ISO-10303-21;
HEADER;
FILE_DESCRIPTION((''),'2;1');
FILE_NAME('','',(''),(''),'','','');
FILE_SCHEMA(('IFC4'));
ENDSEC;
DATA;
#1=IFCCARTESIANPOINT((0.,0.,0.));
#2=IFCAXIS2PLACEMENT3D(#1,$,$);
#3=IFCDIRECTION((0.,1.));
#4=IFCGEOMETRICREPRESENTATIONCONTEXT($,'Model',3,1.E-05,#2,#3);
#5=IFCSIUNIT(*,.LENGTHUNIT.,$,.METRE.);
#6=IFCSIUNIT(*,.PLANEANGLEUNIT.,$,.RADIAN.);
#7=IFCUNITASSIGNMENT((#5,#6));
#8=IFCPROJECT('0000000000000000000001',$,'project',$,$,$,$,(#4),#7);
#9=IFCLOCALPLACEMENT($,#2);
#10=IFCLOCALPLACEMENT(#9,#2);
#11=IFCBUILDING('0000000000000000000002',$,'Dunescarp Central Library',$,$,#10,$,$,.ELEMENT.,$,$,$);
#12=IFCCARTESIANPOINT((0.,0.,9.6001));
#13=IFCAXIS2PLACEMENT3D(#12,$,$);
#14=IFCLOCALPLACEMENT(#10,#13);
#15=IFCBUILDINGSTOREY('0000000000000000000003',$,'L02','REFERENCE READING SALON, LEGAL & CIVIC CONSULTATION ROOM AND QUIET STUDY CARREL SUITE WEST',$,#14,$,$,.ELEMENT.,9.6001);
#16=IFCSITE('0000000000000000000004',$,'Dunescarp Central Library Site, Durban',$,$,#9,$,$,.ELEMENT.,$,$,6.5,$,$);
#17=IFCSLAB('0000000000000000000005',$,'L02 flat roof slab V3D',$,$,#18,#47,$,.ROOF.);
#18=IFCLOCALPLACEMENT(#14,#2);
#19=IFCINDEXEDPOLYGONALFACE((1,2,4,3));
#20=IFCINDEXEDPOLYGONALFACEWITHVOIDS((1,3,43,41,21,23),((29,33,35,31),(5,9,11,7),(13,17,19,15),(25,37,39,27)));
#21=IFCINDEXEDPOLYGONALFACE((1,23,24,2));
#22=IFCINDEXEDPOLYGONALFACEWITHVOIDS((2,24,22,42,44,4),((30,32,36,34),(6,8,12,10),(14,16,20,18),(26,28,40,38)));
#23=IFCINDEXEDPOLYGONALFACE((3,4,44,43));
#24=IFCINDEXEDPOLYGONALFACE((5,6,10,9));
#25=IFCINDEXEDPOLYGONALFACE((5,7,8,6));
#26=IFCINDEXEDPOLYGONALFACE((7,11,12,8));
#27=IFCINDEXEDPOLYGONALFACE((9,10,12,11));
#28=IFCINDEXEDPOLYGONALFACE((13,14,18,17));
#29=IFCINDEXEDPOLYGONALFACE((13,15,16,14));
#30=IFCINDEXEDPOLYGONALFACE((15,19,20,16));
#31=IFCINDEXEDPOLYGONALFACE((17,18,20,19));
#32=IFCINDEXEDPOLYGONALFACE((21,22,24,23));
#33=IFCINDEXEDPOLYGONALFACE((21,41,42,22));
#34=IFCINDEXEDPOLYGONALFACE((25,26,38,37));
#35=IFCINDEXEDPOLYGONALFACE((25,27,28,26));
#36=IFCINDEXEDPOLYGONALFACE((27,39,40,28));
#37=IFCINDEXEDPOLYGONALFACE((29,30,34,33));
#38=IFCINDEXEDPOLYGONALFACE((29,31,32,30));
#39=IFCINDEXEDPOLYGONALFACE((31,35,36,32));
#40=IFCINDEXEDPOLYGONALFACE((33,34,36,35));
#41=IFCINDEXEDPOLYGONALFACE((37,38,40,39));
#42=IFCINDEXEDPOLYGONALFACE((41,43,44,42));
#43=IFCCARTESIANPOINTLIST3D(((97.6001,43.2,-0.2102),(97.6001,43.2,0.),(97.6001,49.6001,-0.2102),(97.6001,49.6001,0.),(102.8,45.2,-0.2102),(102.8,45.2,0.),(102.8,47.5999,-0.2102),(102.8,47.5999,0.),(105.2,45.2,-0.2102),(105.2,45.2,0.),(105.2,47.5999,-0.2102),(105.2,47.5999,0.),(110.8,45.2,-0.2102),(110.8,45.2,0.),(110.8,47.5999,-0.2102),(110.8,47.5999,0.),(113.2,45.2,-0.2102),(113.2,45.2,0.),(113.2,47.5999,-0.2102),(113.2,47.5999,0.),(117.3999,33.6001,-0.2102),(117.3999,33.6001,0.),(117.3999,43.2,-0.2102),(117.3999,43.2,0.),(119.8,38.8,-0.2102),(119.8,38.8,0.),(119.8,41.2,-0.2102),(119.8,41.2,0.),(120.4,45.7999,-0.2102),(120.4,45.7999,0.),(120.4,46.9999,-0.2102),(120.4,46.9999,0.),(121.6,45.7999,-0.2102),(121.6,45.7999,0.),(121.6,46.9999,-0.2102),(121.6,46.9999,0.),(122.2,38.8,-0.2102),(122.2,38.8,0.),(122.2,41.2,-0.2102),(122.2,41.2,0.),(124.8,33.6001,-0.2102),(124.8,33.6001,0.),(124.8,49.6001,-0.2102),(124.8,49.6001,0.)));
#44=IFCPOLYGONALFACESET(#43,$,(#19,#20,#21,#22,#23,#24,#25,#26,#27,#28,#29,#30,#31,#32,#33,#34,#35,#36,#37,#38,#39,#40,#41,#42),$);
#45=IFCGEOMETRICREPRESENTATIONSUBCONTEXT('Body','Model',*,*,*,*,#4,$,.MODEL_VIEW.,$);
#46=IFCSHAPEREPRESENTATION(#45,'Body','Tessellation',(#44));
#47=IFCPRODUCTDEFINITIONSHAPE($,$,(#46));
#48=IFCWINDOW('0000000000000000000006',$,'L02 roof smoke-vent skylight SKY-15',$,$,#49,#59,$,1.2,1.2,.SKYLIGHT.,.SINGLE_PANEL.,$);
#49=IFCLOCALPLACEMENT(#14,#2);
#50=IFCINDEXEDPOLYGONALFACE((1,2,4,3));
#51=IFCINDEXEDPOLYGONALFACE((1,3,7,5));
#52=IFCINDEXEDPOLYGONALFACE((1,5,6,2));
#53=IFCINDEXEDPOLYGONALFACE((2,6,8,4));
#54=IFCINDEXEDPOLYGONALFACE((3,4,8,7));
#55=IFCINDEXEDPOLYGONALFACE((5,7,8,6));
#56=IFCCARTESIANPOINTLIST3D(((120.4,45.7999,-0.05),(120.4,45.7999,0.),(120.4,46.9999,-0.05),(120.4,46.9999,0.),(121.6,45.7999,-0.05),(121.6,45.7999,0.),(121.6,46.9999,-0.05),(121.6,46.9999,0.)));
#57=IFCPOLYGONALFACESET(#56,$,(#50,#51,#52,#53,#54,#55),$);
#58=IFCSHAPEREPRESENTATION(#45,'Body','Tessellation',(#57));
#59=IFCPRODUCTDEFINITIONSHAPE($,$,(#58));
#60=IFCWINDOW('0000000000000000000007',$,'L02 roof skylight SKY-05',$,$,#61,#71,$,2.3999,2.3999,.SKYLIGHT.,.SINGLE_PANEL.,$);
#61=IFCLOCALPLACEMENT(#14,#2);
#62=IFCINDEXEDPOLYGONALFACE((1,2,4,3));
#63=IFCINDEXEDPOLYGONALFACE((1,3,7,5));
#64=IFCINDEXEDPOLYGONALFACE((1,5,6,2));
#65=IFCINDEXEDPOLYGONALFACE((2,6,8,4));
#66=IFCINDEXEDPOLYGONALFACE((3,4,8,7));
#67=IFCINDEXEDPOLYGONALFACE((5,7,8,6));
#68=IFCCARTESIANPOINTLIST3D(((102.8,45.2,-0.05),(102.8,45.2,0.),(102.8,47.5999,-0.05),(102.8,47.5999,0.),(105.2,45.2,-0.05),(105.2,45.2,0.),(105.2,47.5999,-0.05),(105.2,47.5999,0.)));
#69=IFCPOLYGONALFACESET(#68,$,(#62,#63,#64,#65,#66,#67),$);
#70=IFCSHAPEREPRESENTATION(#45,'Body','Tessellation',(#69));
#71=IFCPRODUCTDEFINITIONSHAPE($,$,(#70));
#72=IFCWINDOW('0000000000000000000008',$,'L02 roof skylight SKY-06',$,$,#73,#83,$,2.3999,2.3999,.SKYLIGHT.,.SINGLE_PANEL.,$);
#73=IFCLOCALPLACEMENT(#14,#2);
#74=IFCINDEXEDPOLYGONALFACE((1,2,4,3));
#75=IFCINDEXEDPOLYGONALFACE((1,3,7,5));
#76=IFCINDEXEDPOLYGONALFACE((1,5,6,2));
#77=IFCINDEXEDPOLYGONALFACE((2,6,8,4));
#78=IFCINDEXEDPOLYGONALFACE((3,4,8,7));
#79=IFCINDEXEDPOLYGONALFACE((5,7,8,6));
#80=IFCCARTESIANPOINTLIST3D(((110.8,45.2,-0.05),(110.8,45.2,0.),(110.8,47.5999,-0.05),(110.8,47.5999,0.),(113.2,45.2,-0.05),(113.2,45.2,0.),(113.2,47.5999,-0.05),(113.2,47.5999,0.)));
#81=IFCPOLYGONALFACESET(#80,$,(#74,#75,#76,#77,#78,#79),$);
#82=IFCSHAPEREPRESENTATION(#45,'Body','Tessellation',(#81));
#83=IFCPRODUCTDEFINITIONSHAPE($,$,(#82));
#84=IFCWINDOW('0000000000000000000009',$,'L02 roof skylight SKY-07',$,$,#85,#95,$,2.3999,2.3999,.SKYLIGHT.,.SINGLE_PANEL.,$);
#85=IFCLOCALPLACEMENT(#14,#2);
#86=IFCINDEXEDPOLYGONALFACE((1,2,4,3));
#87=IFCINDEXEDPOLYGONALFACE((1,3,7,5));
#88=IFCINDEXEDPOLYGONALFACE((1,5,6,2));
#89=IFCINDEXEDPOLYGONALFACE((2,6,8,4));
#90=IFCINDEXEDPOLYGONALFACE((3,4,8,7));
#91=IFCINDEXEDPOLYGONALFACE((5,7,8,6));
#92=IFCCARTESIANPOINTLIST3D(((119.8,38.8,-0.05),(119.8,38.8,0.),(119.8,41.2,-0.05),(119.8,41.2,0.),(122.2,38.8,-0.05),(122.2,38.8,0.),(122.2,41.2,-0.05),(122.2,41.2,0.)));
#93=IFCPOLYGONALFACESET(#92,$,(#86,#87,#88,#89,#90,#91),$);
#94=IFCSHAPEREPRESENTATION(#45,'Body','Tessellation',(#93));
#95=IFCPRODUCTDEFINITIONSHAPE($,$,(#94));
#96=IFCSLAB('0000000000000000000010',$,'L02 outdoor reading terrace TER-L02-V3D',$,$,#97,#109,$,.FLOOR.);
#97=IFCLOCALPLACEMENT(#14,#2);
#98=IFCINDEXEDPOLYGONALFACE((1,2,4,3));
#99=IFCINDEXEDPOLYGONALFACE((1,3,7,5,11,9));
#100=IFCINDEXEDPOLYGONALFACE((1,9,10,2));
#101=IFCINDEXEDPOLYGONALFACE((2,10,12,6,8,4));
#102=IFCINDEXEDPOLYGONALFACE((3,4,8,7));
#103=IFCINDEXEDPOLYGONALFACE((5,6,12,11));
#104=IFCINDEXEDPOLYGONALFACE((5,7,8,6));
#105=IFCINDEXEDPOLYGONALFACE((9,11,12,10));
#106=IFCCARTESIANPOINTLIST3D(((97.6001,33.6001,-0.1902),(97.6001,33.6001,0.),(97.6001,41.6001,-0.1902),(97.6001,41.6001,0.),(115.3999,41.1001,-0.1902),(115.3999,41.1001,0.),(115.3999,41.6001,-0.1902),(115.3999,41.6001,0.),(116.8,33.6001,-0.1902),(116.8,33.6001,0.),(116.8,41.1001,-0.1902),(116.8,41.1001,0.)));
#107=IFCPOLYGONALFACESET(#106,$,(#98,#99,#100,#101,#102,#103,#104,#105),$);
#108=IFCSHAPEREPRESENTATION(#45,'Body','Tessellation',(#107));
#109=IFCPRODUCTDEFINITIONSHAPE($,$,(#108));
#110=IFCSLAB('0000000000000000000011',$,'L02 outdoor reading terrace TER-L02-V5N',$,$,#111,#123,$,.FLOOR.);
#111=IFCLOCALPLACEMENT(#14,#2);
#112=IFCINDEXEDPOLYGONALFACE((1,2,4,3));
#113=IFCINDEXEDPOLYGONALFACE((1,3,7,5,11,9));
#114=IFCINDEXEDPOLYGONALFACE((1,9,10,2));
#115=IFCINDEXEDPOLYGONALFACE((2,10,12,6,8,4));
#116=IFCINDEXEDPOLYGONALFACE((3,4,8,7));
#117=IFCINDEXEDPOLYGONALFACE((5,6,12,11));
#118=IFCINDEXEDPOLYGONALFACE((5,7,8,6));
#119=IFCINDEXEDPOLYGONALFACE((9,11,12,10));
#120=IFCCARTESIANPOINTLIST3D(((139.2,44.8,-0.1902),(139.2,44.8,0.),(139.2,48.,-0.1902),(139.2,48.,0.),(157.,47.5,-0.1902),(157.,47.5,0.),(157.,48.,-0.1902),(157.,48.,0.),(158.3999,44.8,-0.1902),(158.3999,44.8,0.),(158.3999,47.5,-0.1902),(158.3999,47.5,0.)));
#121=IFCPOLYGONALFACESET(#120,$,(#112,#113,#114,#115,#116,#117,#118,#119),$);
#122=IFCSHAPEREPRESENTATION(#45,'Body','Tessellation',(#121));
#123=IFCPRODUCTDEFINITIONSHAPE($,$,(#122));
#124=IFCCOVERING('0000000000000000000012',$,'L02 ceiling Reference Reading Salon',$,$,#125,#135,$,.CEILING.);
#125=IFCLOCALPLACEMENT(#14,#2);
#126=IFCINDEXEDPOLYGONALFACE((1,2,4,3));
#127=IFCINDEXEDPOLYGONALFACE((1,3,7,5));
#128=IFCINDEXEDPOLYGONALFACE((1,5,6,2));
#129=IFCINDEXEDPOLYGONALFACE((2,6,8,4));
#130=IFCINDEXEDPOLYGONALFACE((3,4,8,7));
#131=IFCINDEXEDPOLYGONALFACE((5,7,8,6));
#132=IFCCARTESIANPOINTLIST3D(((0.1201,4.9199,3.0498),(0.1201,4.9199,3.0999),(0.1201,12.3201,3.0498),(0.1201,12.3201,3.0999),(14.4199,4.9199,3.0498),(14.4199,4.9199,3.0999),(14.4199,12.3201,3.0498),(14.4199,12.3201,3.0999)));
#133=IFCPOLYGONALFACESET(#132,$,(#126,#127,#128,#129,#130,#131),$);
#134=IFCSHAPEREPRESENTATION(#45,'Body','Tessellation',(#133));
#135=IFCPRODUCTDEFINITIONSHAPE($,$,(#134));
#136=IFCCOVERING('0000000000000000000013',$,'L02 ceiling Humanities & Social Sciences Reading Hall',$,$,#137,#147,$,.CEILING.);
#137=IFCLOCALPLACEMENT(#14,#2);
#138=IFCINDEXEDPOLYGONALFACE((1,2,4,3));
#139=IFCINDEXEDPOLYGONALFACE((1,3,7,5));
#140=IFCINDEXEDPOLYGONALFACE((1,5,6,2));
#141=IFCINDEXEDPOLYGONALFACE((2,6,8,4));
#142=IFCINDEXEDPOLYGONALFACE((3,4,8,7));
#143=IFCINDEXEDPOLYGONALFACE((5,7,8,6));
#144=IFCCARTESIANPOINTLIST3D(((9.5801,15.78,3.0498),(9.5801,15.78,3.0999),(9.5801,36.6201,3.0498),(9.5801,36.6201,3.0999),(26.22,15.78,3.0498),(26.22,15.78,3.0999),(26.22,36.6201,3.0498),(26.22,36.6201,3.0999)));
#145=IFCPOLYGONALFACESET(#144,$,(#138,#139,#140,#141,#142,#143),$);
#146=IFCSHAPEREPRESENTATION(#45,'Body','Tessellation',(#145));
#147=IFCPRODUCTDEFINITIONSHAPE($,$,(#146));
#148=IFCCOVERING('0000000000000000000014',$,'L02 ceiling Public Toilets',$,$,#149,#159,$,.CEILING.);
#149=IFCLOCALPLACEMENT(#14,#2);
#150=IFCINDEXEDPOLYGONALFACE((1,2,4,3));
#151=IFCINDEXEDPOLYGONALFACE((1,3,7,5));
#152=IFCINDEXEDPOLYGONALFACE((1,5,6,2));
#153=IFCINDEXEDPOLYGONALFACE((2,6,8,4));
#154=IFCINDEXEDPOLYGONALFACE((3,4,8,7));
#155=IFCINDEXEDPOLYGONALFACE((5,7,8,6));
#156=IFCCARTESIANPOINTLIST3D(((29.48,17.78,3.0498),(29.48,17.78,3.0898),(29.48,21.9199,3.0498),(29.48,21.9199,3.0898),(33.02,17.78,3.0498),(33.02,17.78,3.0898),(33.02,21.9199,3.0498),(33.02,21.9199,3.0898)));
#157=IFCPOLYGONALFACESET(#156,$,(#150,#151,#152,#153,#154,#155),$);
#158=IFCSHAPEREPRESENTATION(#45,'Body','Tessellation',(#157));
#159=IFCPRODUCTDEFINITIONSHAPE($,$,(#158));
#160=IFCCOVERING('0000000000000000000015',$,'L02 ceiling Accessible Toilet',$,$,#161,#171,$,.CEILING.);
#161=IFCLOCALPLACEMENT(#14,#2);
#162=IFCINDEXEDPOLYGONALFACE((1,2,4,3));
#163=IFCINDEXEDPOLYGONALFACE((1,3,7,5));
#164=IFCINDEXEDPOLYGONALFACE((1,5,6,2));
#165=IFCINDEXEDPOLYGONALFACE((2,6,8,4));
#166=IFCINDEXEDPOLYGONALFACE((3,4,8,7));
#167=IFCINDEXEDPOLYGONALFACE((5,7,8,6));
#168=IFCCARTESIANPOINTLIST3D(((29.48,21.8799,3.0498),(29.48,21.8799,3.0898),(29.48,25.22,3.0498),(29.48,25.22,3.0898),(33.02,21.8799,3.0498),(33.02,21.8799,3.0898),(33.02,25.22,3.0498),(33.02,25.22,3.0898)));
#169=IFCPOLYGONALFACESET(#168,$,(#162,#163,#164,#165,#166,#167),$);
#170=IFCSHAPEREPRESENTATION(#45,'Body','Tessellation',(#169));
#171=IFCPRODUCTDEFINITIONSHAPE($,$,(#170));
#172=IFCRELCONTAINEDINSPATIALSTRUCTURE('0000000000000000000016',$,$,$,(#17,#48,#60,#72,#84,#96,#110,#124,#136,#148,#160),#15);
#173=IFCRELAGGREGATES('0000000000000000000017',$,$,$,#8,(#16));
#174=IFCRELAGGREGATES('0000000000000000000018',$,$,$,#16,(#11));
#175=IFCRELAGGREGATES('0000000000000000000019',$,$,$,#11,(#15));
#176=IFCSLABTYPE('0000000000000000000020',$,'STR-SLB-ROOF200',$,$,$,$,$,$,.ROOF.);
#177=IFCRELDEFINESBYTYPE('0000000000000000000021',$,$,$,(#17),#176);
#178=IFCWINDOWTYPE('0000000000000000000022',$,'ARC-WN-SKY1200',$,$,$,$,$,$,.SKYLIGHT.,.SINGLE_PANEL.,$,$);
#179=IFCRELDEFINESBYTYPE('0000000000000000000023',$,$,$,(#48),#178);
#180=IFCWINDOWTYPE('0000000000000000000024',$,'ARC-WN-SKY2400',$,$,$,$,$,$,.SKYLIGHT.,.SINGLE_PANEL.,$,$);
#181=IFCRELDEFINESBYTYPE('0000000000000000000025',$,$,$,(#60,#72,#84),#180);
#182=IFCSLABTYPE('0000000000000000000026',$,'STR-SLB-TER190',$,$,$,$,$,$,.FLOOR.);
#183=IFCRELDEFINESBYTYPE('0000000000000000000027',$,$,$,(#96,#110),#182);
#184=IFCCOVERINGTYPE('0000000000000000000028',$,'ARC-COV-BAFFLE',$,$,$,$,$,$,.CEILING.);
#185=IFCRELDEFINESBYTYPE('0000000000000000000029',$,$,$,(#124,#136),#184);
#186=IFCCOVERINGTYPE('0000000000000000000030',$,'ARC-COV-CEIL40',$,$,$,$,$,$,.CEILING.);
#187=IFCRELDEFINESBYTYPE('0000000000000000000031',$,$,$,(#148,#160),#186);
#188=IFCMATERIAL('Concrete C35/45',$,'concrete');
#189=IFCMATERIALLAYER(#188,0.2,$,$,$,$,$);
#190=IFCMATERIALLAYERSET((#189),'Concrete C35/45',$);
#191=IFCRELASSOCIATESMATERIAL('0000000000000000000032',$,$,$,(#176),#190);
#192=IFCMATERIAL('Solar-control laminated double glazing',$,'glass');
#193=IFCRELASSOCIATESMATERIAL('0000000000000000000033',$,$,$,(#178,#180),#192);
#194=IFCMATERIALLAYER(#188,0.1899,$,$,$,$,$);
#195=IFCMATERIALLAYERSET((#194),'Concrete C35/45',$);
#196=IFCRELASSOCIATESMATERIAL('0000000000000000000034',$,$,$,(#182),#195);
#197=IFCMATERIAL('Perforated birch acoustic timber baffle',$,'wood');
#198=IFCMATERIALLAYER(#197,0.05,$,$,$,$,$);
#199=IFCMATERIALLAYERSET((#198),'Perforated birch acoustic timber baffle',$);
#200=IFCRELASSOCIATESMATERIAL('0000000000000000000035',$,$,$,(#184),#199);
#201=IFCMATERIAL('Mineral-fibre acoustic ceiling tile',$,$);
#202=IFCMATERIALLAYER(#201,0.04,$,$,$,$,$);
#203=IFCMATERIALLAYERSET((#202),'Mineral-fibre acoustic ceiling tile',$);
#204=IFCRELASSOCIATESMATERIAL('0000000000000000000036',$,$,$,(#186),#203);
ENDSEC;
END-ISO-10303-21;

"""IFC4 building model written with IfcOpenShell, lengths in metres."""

from ifc_helpers import new_model, si_unit, direction, frame, origin, origin_2d, place, context, subcontext, project, spatial, polyline, rectangle, outline, extrude, material, layer, layer_set, type_object, element, fill, save


model = new_model("IFC4")

# Units and contexts
model_context = context("Model", 3, precision=1e-05, world=origin(), true_north=direction((0.0, 1.0)))
body_context = subcontext(model_context, "Body", "Model", "MODEL_VIEW")
ifc_project = project(units=[si_unit("LENGTHUNIT", "METRE"), si_unit("PLANEANGLEUNIT", "RADIAN")], contexts=[model_context])

# Site, building, storey
site_placement = place(None, origin())
site = spatial("IfcSite", under=ifc_project, at=site_placement, Name="Dunescarp Central Library Site, Durban", CompositionType="ELEMENT", RefElevation=6.5)
building_placement = place(site_placement, origin())
building = spatial("IfcBuilding", under=site, at=building_placement, Name="Dunescarp Central Library", CompositionType="ELEMENT")
storey_placement = place(building_placement, frame((0.0, 0.0, 9.6001)))
storey = spatial("IfcBuildingStorey", under=building, at=storey_placement, Name="L02", Description="REFERENCE READING SALON, LEGAL & CIVIC CONSULTATION ROOM AND QUIET STUDY CARREL SUITE WEST", CompositionType="ELEMENT", Elevation=9.6001)

# Shared definitions
ifc_material_1 = material(Name="Concrete C35/45", Category="concrete")

# Slab, openings, windows
ifc_layer_1 = layer(ifc_material_1, 0.2)
ifc_layer_set_1 = layer_set([ifc_layer_1], Name="Concrete C35/45")
slab_type_1 = type_object("IfcSlabType", Name="STR-SLB-ROOF200", PredefinedType="ROOF", material=ifc_layer_set_1)
slab_1_placement = place(storey_placement, frame((0.0, 0.0, -0.2102)))
slab_1 = element("IfcSlab", 1, at=slab_1_placement, inside=storey, type_object=slab_type_1, Name="L02 flat roof slab V3D", PredefinedType="ROOF", context=body_context, shape_type="SweptSolid", body=[
    extrude(outline(polyline([(97.6001, 43.2), (117.3999, 43.2), (117.3999, 33.6001), (124.8, 33.6001), (124.8, 49.6001), (97.6001, 49.6001), (97.6001, 43.2)])), origin(), (0.0, 0.0, 1.0), 0.2102),
])
opening_1_placement = place(slab_1_placement, frame((104.0, 46.3999, -0.01)))
opening_1 = element("IfcOpeningElement", 2, at=opening_1_placement, cuts=slab_1, PredefinedType="OPENING", context=body_context, shape_type="SweptSolid", body=[
    extrude(rectangle(XDim=2.3999, YDim=2.3999, at=origin_2d()), origin(), (0.0, 0.0, 1.0), 0.2302),
])
opening_2_placement = place(slab_1_placement, frame((112.0, 46.3999, -0.01)))
opening_2 = element("IfcOpeningElement", 3, at=opening_2_placement, cuts=slab_1, PredefinedType="OPENING", context=body_context, shape_type="SweptSolid", body=[
    extrude(rectangle(XDim=2.3999, YDim=2.3999, at=origin_2d()), origin(), (0.0, 0.0, 1.0), 0.2302),
])
opening_3_placement = place(slab_1_placement, frame((121.0, 40.0, -0.01)))
opening_3 = element("IfcOpeningElement", 4, at=opening_3_placement, cuts=slab_1, PredefinedType="OPENING", context=body_context, shape_type="SweptSolid", body=[
    extrude(rectangle(XDim=2.3999, YDim=2.3999, at=origin_2d()), origin(), (0.0, 0.0, 1.0), 0.2302),
])
opening_4_placement = place(slab_1_placement, frame((121.0, 46.3999, -0.01)))
opening_4 = element("IfcOpeningElement", 5, at=opening_4_placement, cuts=slab_1, PredefinedType="OPENING", context=body_context, shape_type="SweptSolid", body=[
    extrude(rectangle(XDim=1.2, YDim=1.2, at=origin_2d()), origin(), (0.0, 0.0, 1.0), 0.2302),
])
ifc_material_2 = material(Name="Solar-control laminated double glazing", Category="glass")
window_type_1 = type_object("IfcWindowType", Name="ARC-WN-SKY1200", PartitioningType="SINGLE_PANEL", PredefinedType="SKYLIGHT", material=ifc_material_2)
window_1_placement = place(slab_1_placement, frame((121.0, 46.3999, 0.1602)))
window_1 = element("IfcWindow", 6, at=window_1_placement, inside=storey, type_object=window_type_1, Name="L02 roof smoke-vent skylight SKY-15", OverallHeight=1.2, OverallWidth=1.2, PartitioningType="SINGLE_PANEL", PredefinedType="SKYLIGHT", context=body_context, shape_type="SweptSolid", body=[
    extrude(rectangle(XDim=1.2, YDim=1.2, at=origin_2d()), origin(), (0.0, 0.0, 1.0), 0.05),
])
fill(opening_4, window_1)
window_type_2 = type_object("IfcWindowType", Name="ARC-WN-SKY2400", PartitioningType="SINGLE_PANEL", PredefinedType="SKYLIGHT", material=ifc_material_2)
window_2_placement = place(slab_1_placement, frame((104.0, 46.3999, 0.1602)))
window_2 = element("IfcWindow", 7, at=window_2_placement, inside=storey, type_object=window_type_2, Name="L02 roof skylight SKY-05", OverallHeight=2.3999, OverallWidth=2.3999, PartitioningType="SINGLE_PANEL", PredefinedType="SKYLIGHT", context=body_context, shape_type="SweptSolid", body=[
    extrude(rectangle(XDim=2.3999, YDim=2.3999, at=origin_2d()), origin(), (0.0, 0.0, 1.0), 0.05),
])
fill(opening_1, window_2)
window_3_placement = place(slab_1_placement, frame((112.0, 46.3999, 0.1602)))
window_3 = element("IfcWindow", 8, at=window_3_placement, inside=storey, type_object=window_type_2, Name="L02 roof skylight SKY-06", OverallHeight=2.3999, OverallWidth=2.3999, PartitioningType="SINGLE_PANEL", PredefinedType="SKYLIGHT", context=body_context, shape_type="SweptSolid", body=[
    extrude(rectangle(XDim=2.3999, YDim=2.3999, at=origin_2d()), origin(), (0.0, 0.0, 1.0), 0.05),
])
fill(opening_2, window_3)
window_4_placement = place(slab_1_placement, frame((121.0, 40.0, 0.1602)))
window_4 = element("IfcWindow", 9, at=window_4_placement, inside=storey, type_object=window_type_2, Name="L02 roof skylight SKY-07", OverallHeight=2.3999, OverallWidth=2.3999, PartitioningType="SINGLE_PANEL", PredefinedType="SKYLIGHT", context=body_context, shape_type="SweptSolid", body=[
    extrude(rectangle(XDim=2.3999, YDim=2.3999, at=origin_2d()), origin(), (0.0, 0.0, 1.0), 0.05),
])
fill(opening_3, window_4)

# Slabs
ifc_layer_2 = layer(ifc_material_1, 0.1899)
ifc_layer_set_2 = layer_set([ifc_layer_2], Name="Concrete C35/45")
slab_type_2 = type_object("IfcSlabType", Name="STR-SLB-TER190", PredefinedType="FLOOR", material=ifc_layer_set_2)
slab_2_placement = place(storey_placement, frame((0.0, 0.0, -0.1902)))
element("IfcSlab", 10, at=slab_2_placement, inside=storey, type_object=slab_type_2, Name="L02 outdoor reading terrace TER-L02-V3D", PredefinedType="FLOOR", context=body_context, shape_type="SweptSolid", body=[
    extrude(outline(polyline([(97.6001, 33.6001), (116.8, 33.6001), (116.8, 41.1001), (115.3999, 41.1001), (115.3999, 41.6001), (97.6001, 41.6001), (97.6001, 33.6001)])), origin(), (0.0, 0.0, 1.0), 0.1902),
])
slab_3_placement = place(storey_placement, frame((0.0, 0.0, -0.1902)))
element("IfcSlab", 11, at=slab_3_placement, inside=storey, type_object=slab_type_2, Name="L02 outdoor reading terrace TER-L02-V5N", PredefinedType="FLOOR", context=body_context, shape_type="SweptSolid", body=[
    extrude(outline(polyline([(139.2, 44.8), (158.3999, 44.8), (158.3999, 47.5), (157.0, 47.5), (157.0, 48.0), (139.2, 48.0), (139.2, 44.8)])), origin(), (0.0, 0.0, 1.0), 0.1902),
])

# Coverings
ifc_material_3 = material(Name="Perforated birch acoustic timber baffle", Category="wood")
ifc_layer_3 = layer(ifc_material_3, 0.05)
ifc_layer_set_3 = layer_set([ifc_layer_3], Name="Perforated birch acoustic timber baffle")
covering_type_1 = type_object("IfcCoveringType", Name="ARC-COV-BAFFLE", PredefinedType="CEILING", material=ifc_layer_set_3)
covering_1_placement = place(storey_placement, frame((0.0, 0.0, 3.0498)))
element("IfcCovering", 12, at=covering_1_placement, inside=storey, type_object=covering_type_1, Name="L02 ceiling Reference Reading Salon", PredefinedType="CEILING", context=body_context, shape_type="SweptSolid", body=[
    extrude(outline(polyline([(0.1201, 4.9199), (14.4199, 4.9199), (14.4199, 12.3201), (0.1201, 12.3201), (0.1201, 4.9199)])), origin(), (0.0, 0.0, 1.0), 0.05),
])
covering_2_placement = place(storey_placement, frame((0.0, 0.0, 3.0498)))
element("IfcCovering", 13, at=covering_2_placement, inside=storey, type_object=covering_type_1, Name="L02 ceiling Humanities & Social Sciences Reading Hall", PredefinedType="CEILING", context=body_context, shape_type="SweptSolid", body=[
    extrude(outline(polyline([(9.5801, 15.78), (26.22, 15.78), (26.22, 36.6201), (9.5801, 36.6201), (9.5801, 15.78)])), origin(), (0.0, 0.0, 1.0), 0.05),
])
ifc_material_4 = material(Name="Mineral-fibre acoustic ceiling tile")
ifc_layer_4 = layer(ifc_material_4, 0.04)
ifc_layer_set_4 = layer_set([ifc_layer_4], Name="Mineral-fibre acoustic ceiling tile")
covering_type_2 = type_object("IfcCoveringType", Name="ARC-COV-CEIL40", PredefinedType="CEILING", material=ifc_layer_set_4)
covering_3_placement = place(storey_placement, frame((0.0, 0.0, 3.0498)))
element("IfcCovering", 14, at=covering_3_placement, inside=storey, type_object=covering_type_2, Name="L02 ceiling Public Toilets", PredefinedType="CEILING", context=body_context, shape_type="SweptSolid", body=[
    extrude(outline(polyline([(29.48, 17.78), (33.02, 17.78), (33.02, 21.9199), (29.48, 21.9199), (29.48, 17.78)])), origin(), (0.0, 0.0, 1.0), 0.04),
])
covering_4_placement = place(storey_placement, frame((0.0, 0.0, 3.0498)))
element("IfcCovering", 15, at=covering_4_placement, inside=storey, type_object=covering_type_2, Name="L02 ceiling Accessible Toilet", PredefinedType="CEILING", context=body_context, shape_type="SweptSolid", body=[
    extrude(outline(polyline([(29.48, 21.8799), (33.02, 21.8799), (33.02, 25.22), (29.48, 25.22), (29.48, 21.8799)])), origin(), (0.0, 0.0, 1.0), 0.04),
])

save(model, "model.ifc")
